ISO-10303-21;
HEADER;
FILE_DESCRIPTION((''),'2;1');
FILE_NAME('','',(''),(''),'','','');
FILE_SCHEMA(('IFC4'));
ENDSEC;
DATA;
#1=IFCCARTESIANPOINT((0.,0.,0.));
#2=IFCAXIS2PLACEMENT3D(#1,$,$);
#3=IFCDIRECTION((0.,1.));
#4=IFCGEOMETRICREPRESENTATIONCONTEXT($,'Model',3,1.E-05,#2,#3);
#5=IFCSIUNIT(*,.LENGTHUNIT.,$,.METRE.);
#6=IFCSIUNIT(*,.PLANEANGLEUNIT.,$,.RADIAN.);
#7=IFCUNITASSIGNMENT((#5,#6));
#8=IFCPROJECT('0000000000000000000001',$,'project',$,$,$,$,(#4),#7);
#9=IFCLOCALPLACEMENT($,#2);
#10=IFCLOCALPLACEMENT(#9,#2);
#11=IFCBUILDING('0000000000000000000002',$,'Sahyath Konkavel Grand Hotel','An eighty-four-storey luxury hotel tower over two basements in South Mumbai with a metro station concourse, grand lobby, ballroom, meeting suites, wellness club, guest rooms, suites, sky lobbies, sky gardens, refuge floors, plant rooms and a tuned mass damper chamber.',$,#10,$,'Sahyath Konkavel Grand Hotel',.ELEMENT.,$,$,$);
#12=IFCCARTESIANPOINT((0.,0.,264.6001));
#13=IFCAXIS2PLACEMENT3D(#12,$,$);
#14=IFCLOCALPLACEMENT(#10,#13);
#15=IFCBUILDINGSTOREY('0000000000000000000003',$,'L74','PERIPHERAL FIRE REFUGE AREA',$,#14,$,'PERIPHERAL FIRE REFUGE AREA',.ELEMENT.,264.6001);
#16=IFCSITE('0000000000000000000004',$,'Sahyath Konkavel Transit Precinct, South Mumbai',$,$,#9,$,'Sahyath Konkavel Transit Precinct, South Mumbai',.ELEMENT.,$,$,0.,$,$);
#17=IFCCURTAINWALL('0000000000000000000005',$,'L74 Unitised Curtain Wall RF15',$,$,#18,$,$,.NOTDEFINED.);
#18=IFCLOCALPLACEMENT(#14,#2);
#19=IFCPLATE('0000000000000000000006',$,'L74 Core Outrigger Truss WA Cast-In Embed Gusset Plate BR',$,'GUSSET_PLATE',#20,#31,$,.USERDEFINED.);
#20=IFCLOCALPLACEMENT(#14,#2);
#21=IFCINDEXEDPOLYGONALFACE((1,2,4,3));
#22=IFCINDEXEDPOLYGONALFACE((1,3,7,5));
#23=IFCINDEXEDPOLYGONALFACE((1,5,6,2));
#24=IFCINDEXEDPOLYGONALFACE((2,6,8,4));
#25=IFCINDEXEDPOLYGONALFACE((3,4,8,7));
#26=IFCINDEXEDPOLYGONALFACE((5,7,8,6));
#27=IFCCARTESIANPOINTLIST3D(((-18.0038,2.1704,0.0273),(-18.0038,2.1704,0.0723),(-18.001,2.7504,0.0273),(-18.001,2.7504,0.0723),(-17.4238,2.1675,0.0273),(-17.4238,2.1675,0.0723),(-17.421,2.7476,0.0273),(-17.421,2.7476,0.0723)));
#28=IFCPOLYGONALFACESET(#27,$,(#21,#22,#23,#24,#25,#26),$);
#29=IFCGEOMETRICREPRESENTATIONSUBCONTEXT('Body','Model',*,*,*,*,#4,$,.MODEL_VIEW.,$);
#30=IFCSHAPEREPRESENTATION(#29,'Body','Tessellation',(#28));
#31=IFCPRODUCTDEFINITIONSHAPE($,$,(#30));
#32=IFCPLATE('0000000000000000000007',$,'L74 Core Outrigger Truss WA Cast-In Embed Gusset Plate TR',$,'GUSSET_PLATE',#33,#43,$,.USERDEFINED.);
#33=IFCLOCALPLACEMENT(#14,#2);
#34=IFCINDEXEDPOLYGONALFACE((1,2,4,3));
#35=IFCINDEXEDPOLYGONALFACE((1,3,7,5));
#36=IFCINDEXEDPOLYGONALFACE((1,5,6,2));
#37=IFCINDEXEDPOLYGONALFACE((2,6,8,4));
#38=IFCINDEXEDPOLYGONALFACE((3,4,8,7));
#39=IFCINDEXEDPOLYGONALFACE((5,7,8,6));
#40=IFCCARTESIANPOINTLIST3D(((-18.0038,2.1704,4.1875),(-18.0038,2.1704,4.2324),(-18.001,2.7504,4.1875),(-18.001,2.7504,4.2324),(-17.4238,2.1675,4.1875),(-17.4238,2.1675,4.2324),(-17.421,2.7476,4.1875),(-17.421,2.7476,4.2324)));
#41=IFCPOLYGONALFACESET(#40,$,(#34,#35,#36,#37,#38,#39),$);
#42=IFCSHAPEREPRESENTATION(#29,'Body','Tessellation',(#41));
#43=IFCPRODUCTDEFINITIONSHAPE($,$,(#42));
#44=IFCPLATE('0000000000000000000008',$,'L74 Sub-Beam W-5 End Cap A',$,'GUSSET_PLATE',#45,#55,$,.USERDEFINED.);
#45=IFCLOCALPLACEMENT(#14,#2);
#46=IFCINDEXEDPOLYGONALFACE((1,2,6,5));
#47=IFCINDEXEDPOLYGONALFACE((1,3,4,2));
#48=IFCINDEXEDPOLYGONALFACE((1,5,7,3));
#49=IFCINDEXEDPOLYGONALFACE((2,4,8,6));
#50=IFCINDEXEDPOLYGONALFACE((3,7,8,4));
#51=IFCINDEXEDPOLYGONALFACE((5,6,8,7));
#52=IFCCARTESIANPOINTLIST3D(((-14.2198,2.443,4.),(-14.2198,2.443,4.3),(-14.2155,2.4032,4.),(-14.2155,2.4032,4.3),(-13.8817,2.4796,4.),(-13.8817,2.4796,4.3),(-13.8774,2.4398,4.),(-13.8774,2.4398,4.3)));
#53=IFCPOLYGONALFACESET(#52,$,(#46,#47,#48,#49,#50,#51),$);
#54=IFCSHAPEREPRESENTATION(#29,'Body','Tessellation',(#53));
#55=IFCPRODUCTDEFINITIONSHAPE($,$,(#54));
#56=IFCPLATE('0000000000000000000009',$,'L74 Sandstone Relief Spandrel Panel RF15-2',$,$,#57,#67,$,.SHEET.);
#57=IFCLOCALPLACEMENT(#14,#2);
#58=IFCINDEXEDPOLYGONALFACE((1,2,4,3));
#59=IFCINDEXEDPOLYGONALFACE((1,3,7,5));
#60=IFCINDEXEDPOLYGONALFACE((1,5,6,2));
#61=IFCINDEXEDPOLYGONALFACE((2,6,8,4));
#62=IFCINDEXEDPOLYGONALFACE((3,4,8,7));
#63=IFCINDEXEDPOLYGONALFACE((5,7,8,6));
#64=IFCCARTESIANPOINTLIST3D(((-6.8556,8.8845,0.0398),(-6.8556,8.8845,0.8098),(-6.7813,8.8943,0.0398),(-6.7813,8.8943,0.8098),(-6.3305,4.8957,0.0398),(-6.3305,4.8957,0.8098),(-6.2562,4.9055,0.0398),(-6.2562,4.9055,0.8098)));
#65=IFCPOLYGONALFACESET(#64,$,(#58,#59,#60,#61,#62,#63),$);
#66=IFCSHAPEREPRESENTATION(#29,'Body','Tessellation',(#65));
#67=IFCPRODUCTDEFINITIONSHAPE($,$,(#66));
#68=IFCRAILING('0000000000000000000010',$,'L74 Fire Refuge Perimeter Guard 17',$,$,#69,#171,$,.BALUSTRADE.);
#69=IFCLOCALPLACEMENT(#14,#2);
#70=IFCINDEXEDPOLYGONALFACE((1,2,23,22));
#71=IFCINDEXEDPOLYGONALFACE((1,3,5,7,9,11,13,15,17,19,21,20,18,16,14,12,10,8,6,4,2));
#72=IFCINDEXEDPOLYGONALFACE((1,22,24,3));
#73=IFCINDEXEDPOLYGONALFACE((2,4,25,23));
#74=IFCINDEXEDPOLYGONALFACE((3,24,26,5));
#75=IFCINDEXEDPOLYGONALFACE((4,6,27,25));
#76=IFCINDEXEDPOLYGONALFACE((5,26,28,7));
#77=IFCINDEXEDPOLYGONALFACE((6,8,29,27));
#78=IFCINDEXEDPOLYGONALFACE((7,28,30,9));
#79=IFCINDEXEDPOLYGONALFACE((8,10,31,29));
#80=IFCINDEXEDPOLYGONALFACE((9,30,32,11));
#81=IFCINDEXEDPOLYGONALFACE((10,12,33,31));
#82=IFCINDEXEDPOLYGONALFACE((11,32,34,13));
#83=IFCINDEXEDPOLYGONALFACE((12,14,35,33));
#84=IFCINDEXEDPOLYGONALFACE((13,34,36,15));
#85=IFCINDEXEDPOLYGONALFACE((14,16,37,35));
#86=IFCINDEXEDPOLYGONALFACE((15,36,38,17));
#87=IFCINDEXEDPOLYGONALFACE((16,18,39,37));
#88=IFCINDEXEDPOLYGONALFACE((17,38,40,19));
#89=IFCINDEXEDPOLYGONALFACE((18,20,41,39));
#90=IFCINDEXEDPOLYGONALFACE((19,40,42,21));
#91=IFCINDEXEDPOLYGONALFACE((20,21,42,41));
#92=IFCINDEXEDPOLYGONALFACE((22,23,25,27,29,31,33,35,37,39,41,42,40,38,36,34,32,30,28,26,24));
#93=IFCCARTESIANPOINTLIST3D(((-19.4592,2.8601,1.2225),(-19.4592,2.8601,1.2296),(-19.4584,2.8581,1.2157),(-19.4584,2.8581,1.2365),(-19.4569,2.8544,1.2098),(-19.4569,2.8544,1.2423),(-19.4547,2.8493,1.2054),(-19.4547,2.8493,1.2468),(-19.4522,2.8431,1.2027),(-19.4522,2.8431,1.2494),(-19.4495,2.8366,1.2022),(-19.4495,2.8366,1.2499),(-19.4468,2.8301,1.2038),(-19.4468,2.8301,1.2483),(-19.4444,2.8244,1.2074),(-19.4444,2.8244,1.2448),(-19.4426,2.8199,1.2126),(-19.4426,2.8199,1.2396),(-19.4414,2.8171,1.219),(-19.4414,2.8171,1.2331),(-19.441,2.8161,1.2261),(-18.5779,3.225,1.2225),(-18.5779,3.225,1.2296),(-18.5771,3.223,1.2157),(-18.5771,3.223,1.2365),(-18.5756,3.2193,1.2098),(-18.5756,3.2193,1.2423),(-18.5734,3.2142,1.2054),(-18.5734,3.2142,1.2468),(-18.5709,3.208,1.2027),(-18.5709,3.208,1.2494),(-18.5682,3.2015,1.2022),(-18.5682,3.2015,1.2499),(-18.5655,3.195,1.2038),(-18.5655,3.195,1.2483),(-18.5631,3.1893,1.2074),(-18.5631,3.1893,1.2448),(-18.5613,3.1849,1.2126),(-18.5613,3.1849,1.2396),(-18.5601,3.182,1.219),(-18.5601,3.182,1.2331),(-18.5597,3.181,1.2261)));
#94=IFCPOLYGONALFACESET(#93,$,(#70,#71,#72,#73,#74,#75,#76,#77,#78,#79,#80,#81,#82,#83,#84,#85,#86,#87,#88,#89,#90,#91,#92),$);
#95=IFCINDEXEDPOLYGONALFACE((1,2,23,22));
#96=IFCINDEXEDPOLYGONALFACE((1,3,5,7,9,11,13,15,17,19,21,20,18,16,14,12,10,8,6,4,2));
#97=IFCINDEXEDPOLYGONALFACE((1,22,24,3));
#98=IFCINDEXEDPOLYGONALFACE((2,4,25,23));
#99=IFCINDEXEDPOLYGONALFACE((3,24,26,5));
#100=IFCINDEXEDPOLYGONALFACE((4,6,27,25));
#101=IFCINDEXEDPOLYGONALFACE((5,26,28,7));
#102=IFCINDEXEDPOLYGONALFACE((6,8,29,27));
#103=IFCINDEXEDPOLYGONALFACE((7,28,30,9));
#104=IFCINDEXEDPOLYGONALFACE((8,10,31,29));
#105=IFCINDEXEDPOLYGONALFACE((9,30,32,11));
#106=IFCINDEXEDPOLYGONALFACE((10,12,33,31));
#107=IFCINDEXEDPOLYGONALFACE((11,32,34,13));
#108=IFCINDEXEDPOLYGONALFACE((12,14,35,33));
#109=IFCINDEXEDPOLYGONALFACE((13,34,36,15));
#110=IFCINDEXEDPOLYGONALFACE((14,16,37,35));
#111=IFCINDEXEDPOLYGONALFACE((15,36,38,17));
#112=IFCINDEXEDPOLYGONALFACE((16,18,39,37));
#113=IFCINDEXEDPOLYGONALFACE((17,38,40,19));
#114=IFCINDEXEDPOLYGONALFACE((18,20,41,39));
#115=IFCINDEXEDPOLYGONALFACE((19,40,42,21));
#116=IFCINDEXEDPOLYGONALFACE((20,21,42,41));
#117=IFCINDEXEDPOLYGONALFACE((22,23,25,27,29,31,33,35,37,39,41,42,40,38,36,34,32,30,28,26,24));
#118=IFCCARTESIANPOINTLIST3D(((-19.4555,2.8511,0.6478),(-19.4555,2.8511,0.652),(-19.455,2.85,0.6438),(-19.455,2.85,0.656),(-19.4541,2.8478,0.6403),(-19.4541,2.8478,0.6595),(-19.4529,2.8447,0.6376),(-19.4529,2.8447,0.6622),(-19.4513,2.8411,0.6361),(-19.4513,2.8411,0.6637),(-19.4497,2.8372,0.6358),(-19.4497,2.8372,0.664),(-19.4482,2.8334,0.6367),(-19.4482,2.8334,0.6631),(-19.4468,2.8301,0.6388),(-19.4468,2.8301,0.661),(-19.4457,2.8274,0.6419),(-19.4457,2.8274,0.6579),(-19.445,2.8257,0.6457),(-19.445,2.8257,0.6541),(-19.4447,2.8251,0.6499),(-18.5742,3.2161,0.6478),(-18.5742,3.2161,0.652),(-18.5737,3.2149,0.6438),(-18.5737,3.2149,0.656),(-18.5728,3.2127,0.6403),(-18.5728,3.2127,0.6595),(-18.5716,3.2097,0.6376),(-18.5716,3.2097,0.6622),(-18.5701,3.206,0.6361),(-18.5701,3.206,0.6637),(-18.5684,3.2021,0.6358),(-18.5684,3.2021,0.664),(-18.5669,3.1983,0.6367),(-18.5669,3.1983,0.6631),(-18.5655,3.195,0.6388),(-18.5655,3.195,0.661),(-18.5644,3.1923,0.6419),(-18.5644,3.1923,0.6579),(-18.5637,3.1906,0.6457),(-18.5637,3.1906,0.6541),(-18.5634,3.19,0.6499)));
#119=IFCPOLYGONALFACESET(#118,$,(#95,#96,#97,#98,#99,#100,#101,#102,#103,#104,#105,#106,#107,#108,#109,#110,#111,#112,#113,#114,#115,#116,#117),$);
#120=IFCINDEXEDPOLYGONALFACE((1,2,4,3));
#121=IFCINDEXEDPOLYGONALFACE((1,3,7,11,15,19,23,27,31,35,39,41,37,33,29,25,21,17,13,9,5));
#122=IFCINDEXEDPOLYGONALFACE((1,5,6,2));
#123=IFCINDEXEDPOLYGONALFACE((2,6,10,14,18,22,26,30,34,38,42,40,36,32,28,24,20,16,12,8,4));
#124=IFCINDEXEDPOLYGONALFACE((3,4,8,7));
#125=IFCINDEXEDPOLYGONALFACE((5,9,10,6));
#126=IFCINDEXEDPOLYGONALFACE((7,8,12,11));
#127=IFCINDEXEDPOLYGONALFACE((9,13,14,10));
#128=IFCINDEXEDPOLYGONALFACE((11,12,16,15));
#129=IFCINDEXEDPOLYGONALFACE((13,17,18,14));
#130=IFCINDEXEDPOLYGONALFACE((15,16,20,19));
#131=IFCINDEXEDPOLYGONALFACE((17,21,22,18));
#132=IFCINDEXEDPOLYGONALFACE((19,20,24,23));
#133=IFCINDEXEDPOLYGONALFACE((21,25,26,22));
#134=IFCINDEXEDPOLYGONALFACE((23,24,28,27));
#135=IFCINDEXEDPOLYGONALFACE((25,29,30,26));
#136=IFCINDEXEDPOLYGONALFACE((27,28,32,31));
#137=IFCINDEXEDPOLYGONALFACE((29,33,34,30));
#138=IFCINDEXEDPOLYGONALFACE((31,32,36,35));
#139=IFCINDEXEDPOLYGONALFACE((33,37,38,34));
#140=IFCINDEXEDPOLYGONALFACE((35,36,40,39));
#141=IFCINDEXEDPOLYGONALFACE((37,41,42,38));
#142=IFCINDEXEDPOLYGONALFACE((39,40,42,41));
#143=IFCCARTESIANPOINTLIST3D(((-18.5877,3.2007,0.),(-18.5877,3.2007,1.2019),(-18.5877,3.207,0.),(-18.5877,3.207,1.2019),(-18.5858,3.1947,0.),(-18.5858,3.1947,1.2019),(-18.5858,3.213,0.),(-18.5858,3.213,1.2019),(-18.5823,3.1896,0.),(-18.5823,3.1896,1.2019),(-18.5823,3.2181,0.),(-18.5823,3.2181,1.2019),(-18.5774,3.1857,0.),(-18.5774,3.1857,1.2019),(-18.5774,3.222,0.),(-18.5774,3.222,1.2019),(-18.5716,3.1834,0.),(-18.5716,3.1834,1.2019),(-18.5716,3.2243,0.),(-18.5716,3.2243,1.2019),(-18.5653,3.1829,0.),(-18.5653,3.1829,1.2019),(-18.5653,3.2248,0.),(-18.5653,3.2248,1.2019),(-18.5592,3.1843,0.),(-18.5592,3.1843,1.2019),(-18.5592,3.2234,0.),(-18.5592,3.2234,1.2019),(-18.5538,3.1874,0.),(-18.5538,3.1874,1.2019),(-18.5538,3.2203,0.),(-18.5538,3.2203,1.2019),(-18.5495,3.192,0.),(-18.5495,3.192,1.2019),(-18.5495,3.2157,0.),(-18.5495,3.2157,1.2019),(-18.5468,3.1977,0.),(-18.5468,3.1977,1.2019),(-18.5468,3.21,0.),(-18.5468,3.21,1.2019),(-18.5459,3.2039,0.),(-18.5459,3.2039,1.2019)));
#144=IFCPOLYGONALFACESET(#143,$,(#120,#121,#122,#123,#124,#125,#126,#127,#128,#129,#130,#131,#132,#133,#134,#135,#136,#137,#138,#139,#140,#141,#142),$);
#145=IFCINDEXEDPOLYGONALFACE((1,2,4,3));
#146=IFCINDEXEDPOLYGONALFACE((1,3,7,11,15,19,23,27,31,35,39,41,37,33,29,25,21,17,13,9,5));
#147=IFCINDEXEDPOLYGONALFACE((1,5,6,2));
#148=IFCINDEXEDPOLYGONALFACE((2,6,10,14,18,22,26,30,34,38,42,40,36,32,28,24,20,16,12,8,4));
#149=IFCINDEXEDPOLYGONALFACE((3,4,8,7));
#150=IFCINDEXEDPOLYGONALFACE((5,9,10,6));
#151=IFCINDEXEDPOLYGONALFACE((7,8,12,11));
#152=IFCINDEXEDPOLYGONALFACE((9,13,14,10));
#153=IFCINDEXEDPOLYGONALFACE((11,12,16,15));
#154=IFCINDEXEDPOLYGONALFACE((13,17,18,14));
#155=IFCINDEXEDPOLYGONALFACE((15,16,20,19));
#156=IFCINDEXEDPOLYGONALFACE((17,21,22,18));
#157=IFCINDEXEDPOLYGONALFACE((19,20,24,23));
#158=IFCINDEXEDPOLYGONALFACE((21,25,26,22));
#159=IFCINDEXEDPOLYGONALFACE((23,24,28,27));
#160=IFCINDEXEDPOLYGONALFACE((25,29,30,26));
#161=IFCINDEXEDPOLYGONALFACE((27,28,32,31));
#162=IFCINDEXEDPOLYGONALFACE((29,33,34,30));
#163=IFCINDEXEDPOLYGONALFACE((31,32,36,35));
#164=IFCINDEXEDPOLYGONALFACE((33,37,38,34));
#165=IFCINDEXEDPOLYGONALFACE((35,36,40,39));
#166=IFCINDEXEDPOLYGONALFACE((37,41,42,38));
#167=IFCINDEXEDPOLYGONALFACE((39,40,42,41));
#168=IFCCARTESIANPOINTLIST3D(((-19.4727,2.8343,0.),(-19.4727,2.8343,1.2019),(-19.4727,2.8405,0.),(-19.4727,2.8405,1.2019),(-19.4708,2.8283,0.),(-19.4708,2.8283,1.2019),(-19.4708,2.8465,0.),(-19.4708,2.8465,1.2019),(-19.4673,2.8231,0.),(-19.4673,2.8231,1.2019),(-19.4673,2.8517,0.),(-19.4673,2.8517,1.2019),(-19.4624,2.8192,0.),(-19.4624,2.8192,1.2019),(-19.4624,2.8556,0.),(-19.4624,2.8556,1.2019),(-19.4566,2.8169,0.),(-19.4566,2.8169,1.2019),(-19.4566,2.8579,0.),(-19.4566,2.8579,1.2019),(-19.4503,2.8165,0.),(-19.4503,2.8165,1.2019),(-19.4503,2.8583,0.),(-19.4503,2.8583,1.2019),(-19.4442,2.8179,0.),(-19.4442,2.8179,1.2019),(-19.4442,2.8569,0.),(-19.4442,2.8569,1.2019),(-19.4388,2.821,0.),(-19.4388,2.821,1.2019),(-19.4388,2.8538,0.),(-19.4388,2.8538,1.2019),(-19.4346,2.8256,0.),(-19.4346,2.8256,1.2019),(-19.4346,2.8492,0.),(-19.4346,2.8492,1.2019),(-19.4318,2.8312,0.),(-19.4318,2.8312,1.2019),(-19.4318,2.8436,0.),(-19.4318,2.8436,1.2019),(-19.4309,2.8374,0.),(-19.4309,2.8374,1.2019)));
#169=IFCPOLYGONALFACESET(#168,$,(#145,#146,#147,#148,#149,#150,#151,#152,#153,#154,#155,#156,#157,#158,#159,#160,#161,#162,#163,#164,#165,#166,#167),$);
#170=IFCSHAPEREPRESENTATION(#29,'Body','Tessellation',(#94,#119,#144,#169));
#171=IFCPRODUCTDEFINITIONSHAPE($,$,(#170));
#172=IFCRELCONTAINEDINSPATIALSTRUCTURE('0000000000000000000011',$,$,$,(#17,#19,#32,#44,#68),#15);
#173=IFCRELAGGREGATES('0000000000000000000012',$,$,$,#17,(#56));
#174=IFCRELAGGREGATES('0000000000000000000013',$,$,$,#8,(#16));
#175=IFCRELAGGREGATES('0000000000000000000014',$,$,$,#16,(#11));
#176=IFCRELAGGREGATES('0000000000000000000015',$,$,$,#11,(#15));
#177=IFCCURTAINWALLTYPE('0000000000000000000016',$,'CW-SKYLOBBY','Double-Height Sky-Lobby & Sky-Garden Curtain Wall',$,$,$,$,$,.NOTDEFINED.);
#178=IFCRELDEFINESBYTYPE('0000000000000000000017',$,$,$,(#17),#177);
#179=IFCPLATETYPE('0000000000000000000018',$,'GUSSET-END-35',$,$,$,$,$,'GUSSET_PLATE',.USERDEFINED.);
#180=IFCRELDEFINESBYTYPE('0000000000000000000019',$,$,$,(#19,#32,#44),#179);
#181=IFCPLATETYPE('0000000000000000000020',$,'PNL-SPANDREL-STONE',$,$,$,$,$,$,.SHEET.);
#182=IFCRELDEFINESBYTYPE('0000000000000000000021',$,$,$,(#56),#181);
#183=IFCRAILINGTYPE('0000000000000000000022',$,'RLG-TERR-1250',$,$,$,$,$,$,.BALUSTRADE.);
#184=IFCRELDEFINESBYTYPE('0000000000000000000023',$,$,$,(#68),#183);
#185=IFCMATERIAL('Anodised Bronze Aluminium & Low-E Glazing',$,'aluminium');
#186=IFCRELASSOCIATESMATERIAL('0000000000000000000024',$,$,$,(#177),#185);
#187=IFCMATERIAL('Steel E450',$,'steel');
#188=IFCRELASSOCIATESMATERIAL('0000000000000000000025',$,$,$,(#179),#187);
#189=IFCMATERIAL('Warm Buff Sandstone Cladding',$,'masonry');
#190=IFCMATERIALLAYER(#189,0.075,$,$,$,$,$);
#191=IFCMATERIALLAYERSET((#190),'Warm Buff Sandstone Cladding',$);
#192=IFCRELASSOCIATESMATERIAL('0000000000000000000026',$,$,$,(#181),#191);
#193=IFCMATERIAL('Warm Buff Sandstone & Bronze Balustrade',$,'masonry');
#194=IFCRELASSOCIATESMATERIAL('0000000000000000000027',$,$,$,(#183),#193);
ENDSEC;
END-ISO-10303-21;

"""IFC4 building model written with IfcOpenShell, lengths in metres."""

from ifc_helpers import new_model, si_unit, direction, frame, origin, origin_2d, place, context, subcontext, project, spatial, rectangle, circle, extrude, source, transform, mapped, material, layer, layer_set, type_object, element, aggregate, save


model = new_model("IFC4")

# Units and contexts
model_context = context("Model", 3, precision=1e-05, world=origin(), true_north=direction((0.0, 1.0)))
body_context = subcontext(model_context, "Body", "Model", "MODEL_VIEW")
ifc_project = project(units=[si_unit("LENGTHUNIT", "METRE"), si_unit("PLANEANGLEUNIT", "RADIAN")], contexts=[model_context])

# Site, building, storey
site_placement = place(None, origin())
site = spatial("IfcSite", under=ifc_project, at=site_placement, Name="Sahyath Konkavel Transit Precinct, South Mumbai", LongName="Sahyath Konkavel Transit Precinct, South Mumbai", CompositionType="ELEMENT", RefElevation=0.0)
building_placement = place(site_placement, origin())
building = spatial("IfcBuilding", under=site, at=building_placement, Name="Sahyath Konkavel Grand Hotel", Description="An eighty-four-storey luxury hotel tower over two basements in South Mumbai with a metro station concourse, grand lobby, ballroom, meeting suites, wellness club, guest rooms, suites, sky lobbies, sky gardens, refuge floors, plant rooms and a tuned mass damper chamber.", LongName="Sahyath Konkavel Grand Hotel", CompositionType="ELEMENT")
storey_placement = place(building_placement, frame((0.0, 0.0, 264.6001)))
storey = spatial("IfcBuildingStorey", under=building, at=storey_placement, Name="L74", Description="PERIPHERAL FIRE REFUGE AREA", LongName="PERIPHERAL FIRE REFUGE AREA", CompositionType="ELEMENT", Elevation=264.6001)

# Shared definitions
ifc_material_1 = material(Name="Steel E450", Category="steel")

# Curtain wall
ifc_material_2 = material(Name="Anodised Bronze Aluminium & Low-E Glazing", Category="aluminium")
curtain_wall_type = type_object("IfcCurtainWallType", Name="CW-SKYLOBBY", Description="Double-Height Sky-Lobby & Sky-Garden Curtain Wall", PredefinedType="NOTDEFINED", material=ifc_material_2)
curtain_wall_placement = place(storey_placement, origin())
curtain_wall = element("IfcCurtainWall", 1, at=curtain_wall_placement, inside=storey, type_object=curtain_wall_type, Name="L74 Unitised Curtain Wall RF15", PredefinedType="NOTDEFINED")

# Plates
plate_type_1 = type_object("IfcPlateType", Name="GUSSET-END-35", ElementType="GUSSET_PLATE", PredefinedType="USERDEFINED", material=ifc_material_1)
shared_shape_1 = source(origin(), body_context, "Body", "SweptSolid", [
    extrude(rectangle(XDim=0.5801, YDim=0.5801, at=origin_2d()), origin(), (0.0, 0.0, 1.0), 0.0449),
])
for number, where, z_axis, x_axis, name in (
    (2, (-17.7124, 2.459, 0.0273), (0.0, 0.0, 1.0), (-0.999988, 0.004835, 0.0), "L74 Core Outrigger Truss WA Cast-In Embed Gusset Plate BR"),
    (3, (-17.7124, 2.459, 4.1875), (0.0, 0.0, 1.0), (-0.999988, 0.004835, 0.0), "L74 Core Outrigger Truss WA Cast-In Embed Gusset Plate TR"),
):
    element("IfcPlate", number, at=place(storey_placement, frame(where, z_axis=z_axis, x_axis=x_axis)), inside=storey, type_object=plate_type_1, Name=name, ObjectType="GUSSET_PLATE", PredefinedType="USERDEFINED", context=body_context, shape_type="MappedRepresentation", body=[
        mapped(shared_shape_1, transform((0.0, 0.0, 0.0), scale=1.0)),
    ])
shared_shape_2 = source(origin(), body_context, "Body", "SweptSolid", [
    extrude(rectangle(XDim=0.04, YDim=0.3401, at=origin_2d()), origin(), (0.0, 0.0, 1.0), 0.3),
])
plate_1_placement = place(storey_placement, frame((-14.0486, 2.4414, 4.0), z_axis=(0.0, 0.0, 1.0), x_axis=(0.107427, -0.994213, 0.0)))
element("IfcPlate", 4, at=plate_1_placement, inside=storey, type_object=plate_type_1, Name="L74 Sub-Beam W-5 End Cap A", ObjectType="GUSSET_PLATE", PredefinedType="USERDEFINED", context=body_context, shape_type="MappedRepresentation", body=[
    mapped(shared_shape_2, transform((0.0, 0.0, 0.0), scale=1.0)),
])

# Plate
ifc_material_3 = material(Name="Warm Buff Sandstone Cladding", Category="masonry")
ifc_layer = layer(ifc_material_3, 0.075)
ifc_layer_set = layer_set([ifc_layer], Name="Warm Buff Sandstone Cladding")
plate_type_2 = type_object("IfcPlateType", Name="PNL-SPANDREL-STONE", PredefinedType="SHEET", material=ifc_layer_set)
shared_shape_3 = source(origin(), body_context, "Body", "SweptSolid", [
    extrude(rectangle(XDim=4.0232, YDim=0.075, at=origin_2d()), origin(), (0.0, 0.0, 1.0), 0.77),
])
plate_2_placement = place(storey_placement, frame((-6.5559, 6.895, 0.0398), z_axis=(0.0, 0.0, 1.0), x_axis=(0.130526, -0.991445, 0.0)))
plate_2 = element("IfcPlate", 5, at=plate_2_placement, type_object=plate_type_2, Name="L74 Sandstone Relief Spandrel Panel RF15-2", PredefinedType="SHEET", context=body_context, shape_type="MappedRepresentation", body=[
    mapped(shared_shape_3, transform((0.0, 0.0, 0.0), scale=1.0)),
])
aggregate(curtain_wall, [plate_2])

# Railing
ifc_material_4 = material(Name="Warm Buff Sandstone & Bronze Balustrade", Category="masonry")
railing_type = type_object("IfcRailingType", Name="RLG-TERR-1250", PredefinedType="BALUSTRADE", material=ifc_material_4)
railing_1_placement = place(storey_placement, frame((-18.5669, 3.2039, 0.0)))
element("IfcRailing", 6, at=railing_1_placement, inside=storey, type_object=railing_type, Name="L74 Fire Refuge Perimeter Guard 17", PredefinedType="BALUSTRADE", context=body_context, shape_type="SweptSolid", body=[
    extrude(circle(Radius=0.0239, at=origin_2d()), frame((-0.002, -0.0007, 1.2261), z_axis=(-0.923927, -0.382569, 0.0), x_axis=(0.382569, -0.923927, 0.0)), (0.0, 0.0, 1.0), 0.9539),
    extrude(circle(Radius=0.0142, at=origin_2d()), frame((-0.002, -0.0007, 0.6499), z_axis=(-0.923927, -0.382569, 0.0), x_axis=(0.382569, -0.923927, 0.0)), (0.0, 0.0, 1.0), 0.9539),
    extrude(circle(Radius=0.021, at=origin_2d()), origin(), (0.0, 0.0, 1.0), 1.2019),
    extrude(circle(Radius=0.021, at=origin_2d()), frame((-0.885, -0.3665, 0.0)), (0.0, 0.0, 1.0), 1.2019),
])

save(model, "model.ifc")
